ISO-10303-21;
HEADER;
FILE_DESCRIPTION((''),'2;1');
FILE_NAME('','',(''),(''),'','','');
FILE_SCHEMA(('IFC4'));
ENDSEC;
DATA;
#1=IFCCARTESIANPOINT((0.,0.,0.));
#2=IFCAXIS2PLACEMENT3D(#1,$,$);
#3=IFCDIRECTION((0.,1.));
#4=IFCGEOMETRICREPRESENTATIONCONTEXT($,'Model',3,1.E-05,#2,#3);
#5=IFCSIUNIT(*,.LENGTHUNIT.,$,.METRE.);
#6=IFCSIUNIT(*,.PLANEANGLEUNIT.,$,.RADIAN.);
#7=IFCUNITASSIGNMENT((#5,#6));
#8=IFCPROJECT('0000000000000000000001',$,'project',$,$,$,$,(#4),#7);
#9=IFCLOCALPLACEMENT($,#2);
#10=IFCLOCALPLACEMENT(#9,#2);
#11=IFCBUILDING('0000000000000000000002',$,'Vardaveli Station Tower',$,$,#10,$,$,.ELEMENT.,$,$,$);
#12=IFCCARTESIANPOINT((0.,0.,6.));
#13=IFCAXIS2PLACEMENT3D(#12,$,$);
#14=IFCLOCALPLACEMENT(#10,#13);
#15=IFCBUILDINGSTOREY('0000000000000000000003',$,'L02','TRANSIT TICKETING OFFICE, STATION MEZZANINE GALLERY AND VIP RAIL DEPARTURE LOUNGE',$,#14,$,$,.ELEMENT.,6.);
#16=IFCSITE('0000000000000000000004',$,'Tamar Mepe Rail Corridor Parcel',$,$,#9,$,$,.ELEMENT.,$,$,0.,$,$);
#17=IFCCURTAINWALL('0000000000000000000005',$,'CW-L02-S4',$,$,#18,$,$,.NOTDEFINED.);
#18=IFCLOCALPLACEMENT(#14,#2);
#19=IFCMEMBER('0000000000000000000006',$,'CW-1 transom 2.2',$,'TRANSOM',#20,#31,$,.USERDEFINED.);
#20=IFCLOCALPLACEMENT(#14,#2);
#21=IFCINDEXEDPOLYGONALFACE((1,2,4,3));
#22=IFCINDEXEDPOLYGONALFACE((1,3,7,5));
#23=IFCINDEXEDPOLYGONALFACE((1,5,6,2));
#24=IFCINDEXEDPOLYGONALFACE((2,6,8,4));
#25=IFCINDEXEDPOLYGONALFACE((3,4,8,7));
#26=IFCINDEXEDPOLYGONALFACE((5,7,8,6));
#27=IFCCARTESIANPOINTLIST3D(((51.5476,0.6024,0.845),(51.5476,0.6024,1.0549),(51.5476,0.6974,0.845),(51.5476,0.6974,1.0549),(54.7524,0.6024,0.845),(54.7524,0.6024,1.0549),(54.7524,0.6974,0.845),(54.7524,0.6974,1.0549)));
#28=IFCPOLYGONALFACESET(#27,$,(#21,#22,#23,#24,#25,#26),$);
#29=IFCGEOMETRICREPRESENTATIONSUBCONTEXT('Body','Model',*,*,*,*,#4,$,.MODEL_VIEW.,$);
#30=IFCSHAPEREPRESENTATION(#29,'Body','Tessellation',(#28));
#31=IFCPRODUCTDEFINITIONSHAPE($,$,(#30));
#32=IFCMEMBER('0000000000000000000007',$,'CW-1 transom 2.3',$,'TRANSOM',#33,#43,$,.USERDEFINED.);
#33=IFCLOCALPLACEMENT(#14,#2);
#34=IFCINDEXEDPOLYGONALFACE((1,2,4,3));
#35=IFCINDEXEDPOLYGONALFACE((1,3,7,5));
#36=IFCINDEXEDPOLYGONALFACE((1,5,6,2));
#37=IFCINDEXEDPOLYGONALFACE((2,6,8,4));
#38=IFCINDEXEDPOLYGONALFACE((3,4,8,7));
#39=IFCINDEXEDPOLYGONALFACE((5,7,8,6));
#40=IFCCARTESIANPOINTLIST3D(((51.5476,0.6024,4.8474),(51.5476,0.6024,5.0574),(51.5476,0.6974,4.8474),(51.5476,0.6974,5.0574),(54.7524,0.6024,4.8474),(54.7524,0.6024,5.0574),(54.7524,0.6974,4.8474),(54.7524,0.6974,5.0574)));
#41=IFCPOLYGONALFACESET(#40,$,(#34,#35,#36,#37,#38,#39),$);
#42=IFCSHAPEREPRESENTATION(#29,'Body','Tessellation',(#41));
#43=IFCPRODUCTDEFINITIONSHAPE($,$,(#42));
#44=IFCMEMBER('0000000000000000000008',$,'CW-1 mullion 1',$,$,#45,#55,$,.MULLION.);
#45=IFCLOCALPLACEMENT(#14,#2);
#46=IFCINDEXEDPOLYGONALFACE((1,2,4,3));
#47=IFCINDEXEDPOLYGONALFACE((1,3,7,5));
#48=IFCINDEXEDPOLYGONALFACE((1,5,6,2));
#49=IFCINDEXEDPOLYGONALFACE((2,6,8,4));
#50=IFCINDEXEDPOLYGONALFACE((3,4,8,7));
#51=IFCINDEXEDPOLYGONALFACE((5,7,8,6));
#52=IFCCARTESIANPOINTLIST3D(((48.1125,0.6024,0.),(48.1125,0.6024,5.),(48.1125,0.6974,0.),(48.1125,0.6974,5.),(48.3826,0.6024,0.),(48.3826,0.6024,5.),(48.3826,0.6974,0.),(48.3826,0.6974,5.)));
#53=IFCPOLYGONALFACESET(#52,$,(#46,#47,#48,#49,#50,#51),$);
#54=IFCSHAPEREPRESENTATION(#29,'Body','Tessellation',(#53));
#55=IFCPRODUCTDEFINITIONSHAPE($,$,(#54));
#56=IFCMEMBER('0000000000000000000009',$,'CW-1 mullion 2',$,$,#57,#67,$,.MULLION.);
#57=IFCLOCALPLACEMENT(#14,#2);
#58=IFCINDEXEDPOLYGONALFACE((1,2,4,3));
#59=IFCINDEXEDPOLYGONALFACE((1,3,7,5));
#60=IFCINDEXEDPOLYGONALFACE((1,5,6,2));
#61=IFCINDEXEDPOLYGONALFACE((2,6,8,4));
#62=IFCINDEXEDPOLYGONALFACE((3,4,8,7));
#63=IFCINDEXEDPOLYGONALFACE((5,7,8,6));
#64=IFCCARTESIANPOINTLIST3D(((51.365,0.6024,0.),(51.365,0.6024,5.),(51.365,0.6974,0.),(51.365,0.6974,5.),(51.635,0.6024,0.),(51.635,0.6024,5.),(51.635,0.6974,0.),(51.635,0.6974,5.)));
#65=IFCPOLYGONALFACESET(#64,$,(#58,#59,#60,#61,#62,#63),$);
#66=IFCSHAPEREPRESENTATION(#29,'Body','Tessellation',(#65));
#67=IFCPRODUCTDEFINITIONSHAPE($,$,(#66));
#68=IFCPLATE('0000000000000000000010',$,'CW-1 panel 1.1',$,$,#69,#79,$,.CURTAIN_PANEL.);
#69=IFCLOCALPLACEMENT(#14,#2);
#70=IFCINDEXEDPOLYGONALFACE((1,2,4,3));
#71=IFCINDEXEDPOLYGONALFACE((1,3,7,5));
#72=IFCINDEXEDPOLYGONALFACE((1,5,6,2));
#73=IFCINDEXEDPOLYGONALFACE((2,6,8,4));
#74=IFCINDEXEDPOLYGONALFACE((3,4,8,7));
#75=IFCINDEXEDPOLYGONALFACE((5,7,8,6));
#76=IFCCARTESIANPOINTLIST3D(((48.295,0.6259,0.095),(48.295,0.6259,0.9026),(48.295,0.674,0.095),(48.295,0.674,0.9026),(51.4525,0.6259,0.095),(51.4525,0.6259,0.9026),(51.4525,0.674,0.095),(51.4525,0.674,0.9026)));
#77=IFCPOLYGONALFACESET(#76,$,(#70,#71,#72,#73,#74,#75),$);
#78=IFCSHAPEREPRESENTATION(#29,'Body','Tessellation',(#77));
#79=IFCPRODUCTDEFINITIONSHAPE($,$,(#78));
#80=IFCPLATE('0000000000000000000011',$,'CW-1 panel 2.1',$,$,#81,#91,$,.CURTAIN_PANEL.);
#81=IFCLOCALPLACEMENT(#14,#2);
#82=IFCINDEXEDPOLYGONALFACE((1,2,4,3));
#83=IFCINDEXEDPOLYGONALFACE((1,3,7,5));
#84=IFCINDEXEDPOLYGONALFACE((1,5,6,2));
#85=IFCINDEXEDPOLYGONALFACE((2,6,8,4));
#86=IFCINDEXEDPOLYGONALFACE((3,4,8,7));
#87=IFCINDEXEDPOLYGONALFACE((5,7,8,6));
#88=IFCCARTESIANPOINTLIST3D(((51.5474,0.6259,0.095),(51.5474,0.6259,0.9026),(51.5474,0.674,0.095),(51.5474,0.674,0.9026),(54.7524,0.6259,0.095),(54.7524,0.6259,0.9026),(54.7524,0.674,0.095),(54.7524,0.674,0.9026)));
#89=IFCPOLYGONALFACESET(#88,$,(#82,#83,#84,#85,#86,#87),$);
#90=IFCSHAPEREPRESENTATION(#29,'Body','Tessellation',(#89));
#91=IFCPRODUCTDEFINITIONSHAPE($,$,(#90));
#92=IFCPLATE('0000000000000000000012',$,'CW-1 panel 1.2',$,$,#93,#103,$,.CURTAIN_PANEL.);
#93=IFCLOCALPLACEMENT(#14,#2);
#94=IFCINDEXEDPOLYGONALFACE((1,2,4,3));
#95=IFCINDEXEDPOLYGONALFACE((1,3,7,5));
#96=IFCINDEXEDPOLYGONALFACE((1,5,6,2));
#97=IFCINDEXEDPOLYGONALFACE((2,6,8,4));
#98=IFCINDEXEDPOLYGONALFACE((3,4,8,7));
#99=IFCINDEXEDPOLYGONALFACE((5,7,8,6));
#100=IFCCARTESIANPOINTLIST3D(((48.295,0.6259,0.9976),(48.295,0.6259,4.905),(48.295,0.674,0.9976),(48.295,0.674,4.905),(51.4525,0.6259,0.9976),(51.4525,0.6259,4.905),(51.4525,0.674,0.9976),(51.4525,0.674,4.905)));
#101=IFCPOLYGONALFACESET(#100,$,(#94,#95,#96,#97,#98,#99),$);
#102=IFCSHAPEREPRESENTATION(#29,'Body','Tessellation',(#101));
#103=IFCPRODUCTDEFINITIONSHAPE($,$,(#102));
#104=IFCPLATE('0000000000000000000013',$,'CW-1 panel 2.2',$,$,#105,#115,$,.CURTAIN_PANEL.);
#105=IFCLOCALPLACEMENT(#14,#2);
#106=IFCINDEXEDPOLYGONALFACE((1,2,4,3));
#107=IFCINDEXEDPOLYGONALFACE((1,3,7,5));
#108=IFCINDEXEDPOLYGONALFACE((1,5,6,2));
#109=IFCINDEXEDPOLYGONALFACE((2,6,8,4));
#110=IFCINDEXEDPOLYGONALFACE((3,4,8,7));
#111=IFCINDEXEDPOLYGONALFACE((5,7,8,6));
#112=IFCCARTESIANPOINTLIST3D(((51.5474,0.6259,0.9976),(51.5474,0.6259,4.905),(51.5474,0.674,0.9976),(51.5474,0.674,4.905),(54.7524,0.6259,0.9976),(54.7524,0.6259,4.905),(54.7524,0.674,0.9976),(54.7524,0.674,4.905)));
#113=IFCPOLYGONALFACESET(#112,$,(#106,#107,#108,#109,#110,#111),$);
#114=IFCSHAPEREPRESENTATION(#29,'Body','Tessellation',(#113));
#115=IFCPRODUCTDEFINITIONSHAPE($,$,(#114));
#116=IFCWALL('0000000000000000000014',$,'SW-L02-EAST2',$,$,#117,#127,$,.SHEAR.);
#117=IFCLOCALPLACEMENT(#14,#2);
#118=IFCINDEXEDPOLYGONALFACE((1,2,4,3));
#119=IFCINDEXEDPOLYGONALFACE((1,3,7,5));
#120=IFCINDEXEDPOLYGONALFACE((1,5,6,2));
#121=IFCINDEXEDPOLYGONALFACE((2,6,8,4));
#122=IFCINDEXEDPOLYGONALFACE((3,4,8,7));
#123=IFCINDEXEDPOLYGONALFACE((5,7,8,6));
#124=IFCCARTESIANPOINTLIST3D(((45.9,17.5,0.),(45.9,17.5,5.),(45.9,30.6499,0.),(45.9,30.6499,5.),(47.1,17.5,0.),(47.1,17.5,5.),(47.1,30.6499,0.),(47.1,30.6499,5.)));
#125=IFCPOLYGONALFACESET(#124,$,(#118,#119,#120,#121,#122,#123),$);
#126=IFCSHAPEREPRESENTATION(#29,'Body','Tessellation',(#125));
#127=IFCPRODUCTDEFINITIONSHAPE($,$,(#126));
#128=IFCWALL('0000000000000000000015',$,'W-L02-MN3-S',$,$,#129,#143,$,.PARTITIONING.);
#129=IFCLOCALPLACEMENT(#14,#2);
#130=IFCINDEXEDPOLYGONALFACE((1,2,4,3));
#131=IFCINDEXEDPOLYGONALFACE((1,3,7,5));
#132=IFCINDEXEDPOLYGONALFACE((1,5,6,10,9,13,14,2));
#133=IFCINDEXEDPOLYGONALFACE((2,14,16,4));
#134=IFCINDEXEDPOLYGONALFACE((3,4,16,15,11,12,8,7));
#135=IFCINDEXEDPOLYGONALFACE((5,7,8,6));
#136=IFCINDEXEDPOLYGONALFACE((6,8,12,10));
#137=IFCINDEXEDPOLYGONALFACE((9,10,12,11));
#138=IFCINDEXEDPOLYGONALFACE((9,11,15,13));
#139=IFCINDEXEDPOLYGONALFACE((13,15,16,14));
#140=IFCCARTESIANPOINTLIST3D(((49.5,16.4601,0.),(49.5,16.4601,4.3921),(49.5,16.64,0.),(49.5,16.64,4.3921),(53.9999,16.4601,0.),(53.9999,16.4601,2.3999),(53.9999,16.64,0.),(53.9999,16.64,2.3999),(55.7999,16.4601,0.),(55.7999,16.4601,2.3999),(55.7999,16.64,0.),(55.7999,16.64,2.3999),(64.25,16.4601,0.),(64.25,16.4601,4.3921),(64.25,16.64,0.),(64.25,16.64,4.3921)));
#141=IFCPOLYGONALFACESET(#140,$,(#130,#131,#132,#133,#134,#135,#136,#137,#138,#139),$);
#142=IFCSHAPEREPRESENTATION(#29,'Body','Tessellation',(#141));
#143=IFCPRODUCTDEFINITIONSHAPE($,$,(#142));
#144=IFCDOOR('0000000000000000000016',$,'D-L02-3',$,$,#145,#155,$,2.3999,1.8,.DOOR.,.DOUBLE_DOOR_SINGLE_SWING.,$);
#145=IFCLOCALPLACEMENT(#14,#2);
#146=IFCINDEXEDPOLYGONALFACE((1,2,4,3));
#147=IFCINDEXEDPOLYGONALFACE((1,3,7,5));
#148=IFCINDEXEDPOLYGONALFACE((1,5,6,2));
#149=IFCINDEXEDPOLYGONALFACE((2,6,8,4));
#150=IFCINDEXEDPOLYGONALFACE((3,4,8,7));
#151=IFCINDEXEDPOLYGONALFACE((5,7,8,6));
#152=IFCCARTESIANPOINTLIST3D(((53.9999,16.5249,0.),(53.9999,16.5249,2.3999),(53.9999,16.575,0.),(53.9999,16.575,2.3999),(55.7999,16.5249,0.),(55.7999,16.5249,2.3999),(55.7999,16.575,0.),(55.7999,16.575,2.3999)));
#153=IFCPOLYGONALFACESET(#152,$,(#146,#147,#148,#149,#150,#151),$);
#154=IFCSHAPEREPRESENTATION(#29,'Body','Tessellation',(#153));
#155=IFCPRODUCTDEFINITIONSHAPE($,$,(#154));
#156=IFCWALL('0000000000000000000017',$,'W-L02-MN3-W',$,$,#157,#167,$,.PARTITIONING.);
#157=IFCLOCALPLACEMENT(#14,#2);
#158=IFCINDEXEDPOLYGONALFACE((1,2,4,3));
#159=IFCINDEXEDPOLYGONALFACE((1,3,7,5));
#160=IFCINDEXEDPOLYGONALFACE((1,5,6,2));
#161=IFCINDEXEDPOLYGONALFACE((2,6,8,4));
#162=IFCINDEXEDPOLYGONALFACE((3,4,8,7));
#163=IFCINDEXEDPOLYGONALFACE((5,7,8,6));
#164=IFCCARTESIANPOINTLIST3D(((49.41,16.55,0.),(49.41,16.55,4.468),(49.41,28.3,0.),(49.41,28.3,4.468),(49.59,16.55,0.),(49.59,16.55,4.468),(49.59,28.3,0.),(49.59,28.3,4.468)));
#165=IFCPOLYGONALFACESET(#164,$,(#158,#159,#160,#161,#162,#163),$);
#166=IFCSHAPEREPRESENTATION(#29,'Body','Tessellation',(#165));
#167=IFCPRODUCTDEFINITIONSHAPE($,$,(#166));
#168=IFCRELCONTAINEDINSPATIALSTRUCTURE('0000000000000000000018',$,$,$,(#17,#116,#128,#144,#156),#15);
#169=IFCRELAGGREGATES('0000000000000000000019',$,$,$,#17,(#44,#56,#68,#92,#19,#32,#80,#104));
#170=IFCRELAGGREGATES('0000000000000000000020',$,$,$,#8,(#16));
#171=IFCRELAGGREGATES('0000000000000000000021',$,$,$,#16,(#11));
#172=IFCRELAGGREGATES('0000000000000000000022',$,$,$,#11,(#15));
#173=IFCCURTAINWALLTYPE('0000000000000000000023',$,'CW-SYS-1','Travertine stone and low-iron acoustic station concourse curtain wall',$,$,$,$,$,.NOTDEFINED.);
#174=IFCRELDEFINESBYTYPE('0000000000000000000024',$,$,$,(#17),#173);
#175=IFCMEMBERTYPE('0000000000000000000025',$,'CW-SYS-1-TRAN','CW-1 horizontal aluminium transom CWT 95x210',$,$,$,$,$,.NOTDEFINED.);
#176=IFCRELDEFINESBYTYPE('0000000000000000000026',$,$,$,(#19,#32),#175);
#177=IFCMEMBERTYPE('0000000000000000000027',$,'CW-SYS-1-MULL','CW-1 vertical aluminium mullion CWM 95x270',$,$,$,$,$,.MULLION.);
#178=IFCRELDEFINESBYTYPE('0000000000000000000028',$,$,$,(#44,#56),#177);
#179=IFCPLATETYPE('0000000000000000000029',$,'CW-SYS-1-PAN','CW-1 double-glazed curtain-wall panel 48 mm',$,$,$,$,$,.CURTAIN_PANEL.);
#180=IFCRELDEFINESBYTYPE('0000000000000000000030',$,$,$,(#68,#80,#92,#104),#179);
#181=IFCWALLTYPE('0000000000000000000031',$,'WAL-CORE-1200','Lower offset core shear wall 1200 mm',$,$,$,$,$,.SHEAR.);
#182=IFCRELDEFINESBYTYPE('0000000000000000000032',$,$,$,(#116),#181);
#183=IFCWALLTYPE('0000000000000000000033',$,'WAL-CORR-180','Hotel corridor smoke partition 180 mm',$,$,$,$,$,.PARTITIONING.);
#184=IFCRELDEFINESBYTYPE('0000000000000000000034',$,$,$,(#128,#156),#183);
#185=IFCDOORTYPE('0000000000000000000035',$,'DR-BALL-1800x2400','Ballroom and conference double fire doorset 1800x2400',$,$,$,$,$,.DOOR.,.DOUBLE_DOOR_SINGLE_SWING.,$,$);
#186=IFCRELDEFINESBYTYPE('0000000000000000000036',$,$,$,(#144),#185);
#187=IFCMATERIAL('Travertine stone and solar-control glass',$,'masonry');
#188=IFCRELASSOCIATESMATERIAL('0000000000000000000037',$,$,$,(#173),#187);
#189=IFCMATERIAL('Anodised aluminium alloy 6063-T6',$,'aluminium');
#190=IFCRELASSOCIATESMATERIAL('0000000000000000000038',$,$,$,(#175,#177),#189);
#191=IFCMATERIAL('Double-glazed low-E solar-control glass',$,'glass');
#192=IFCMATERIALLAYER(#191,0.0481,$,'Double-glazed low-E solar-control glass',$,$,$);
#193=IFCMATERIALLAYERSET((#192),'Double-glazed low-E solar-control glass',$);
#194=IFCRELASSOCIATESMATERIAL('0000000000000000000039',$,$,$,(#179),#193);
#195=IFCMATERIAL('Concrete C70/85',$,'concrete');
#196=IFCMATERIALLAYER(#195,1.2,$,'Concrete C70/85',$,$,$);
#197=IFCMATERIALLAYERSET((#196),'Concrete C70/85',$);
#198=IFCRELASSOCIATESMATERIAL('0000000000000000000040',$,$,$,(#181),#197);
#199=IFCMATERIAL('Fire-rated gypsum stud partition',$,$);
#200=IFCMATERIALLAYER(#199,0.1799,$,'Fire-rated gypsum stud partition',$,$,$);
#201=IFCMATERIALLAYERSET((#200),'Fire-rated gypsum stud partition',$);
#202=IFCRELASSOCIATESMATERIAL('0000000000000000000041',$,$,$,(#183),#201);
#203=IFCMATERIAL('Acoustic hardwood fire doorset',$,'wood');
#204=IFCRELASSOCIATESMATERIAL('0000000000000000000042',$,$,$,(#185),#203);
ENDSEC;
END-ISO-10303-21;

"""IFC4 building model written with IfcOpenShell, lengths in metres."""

from ifc_helpers import new_model, si_unit, direction, frame, frame_2d, origin, origin_2d, place, context, subcontext, project, spatial, rectangle, extrude, source, transform, mapped, material, layer, layer_set, material_profile, profile_set, type_object, element, fill, aggregate, save


model = new_model("IFC4")

# Units and contexts
model_context = context("Model", 3, precision=1e-05, world=origin(), true_north=direction((0.0, 1.0)))
body_context = subcontext(model_context, "Body", "Model", "MODEL_VIEW")
ifc_project = project(units=[si_unit("LENGTHUNIT", "METRE"), si_unit("PLANEANGLEUNIT", "RADIAN")], contexts=[model_context])

# Site, building, storey
site_placement = place(None, origin())
site = spatial("IfcSite", under=ifc_project, at=site_placement, Name="Tamar Mepe Rail Corridor Parcel", CompositionType="ELEMENT", RefElevation=0.0)
building_placement = place(site_placement, origin())
building = spatial("IfcBuilding", under=site, at=building_placement, Name="Vardaveli Station Tower", CompositionType="ELEMENT")
storey_placement = place(building_placement, frame((0.0, 0.0, 6.0)))
storey = spatial("IfcBuildingStorey", under=building, at=storey_placement, Name="L02", Description="TRANSIT TICKETING OFFICE, STATION MEZZANINE GALLERY AND VIP RAIL DEPARTURE LOUNGE", CompositionType="ELEMENT", Elevation=6.0)

# Shared definitions
ifc_material_1 = material(Name="Concrete C70/85", Category="concrete")

# Curtain wall, members, plates
ifc_material_2 = material(Name="Travertine stone and solar-control glass", Category="masonry")
curtain_wall_type = type_object("IfcCurtainWallType", Name="CW-SYS-1", Description="Travertine stone and low-iron acoustic station concourse curtain wall", PredefinedType="NOTDEFINED", material=ifc_material_2)
curtain_wall_placement = place(storey_placement, origin())
curtain_wall = element("IfcCurtainWall", 1, at=curtain_wall_placement, inside=storey, type_object=curtain_wall_type, Name="CW-L02-S4", PredefinedType="NOTDEFINED")
ifc_material_3 = material(Name="Anodised aluminium alloy 6063-T6", Category="aluminium")
ifc_material_profile_1 = material_profile(ifc_material_3, rectangle(XDim=0.095, YDim=0.21, at=origin_2d()), Name="CWT 95x210")
ifc_profile_set_1 = profile_set([ifc_material_profile_1], Name="Anodised aluminium alloy 6063-T6")
member_type_1 = type_object("IfcMemberType", Name="CW-SYS-1-TRAN", Description="CW-1 horizontal aluminium transom CWT 95x210", PredefinedType="NOTDEFINED", material=ifc_profile_set_1)
shared_shape_1 = source(origin(), body_context, "Body", "SweptSolid", [
    extrude(rectangle(XDim=0.095, YDim=0.21, at=origin_2d()), origin(), (0.0, 0.0, 1.0), 3.2048),
])
member_1_placement = place(storey_placement, frame((51.5476, 0.6499, 0.95), z_axis=(1.0, 0.0, 0.0), x_axis=(0.0, 1.0, 0.0)))
member_1 = element("IfcMember", 2, at=member_1_placement, type_object=member_type_1, Name="CW-1 transom 2.2", ObjectType="TRANSOM", PredefinedType="USERDEFINED", context=body_context, shape_type="MappedRepresentation", body=[
    mapped(shared_shape_1, transform((0.0, 0.0, 0.0), scale=1.0)),
])
member_2_placement = place(storey_placement, frame((51.5476, 0.6499, 4.9524), z_axis=(1.0, 0.0, 0.0), x_axis=(0.0, 1.0, 0.0)))
member_2 = element("IfcMember", 3, at=member_2_placement, type_object=member_type_1, Name="CW-1 transom 2.3", ObjectType="TRANSOM", PredefinedType="USERDEFINED", context=body_context, shape_type="MappedRepresentation", body=[
    mapped(shared_shape_1, transform((0.0, 0.0, 0.0), scale=1.0)),
])
ifc_material_profile_2 = material_profile(ifc_material_3, rectangle(XDim=0.095, YDim=0.27, at=origin_2d()), Name="CWM 95x270")
ifc_profile_set_2 = profile_set([ifc_material_profile_2], Name="Anodised aluminium alloy 6063-T6")
member_type_2 = type_object("IfcMemberType", Name="CW-SYS-1-MULL", Description="CW-1 vertical aluminium mullion CWM 95x270", PredefinedType="MULLION", material=ifc_profile_set_2)
shared_shape_2 = source(origin(), body_context, "Body", "SweptSolid", [
    extrude(rectangle(XDim=0.095, YDim=0.27, at=origin_2d()), origin(), (0.0, 0.0, 1.0), 5.0),
])
member_3_placement = place(storey_placement, frame((48.2476, 0.6499, 0.0), z_axis=(0.0, 0.0, 1.0), x_axis=(0.0, 1.0, 0.0)))
member_3 = element("IfcMember", 4, at=member_3_placement, type_object=member_type_2, Name="CW-1 mullion 1", PredefinedType="MULLION", context=body_context, shape_type="MappedRepresentation", body=[
    mapped(shared_shape_2, transform((0.0, 0.0, 0.0), scale=1.0)),
])
member_4_placement = place(storey_placement, frame((51.5, 0.6499, 0.0), z_axis=(0.0, 0.0, 1.0), x_axis=(0.0, 1.0, 0.0)))
member_4 = element("IfcMember", 5, at=member_4_placement, type_object=member_type_2, Name="CW-1 mullion 2", PredefinedType="MULLION", context=body_context, shape_type="MappedRepresentation", body=[
    mapped(shared_shape_2, transform((0.0, 0.0, 0.0), scale=1.0)),
])
ifc_material_4 = material(Name="Double-glazed low-E solar-control glass", Category="glass")
ifc_layer_1 = layer(ifc_material_4, 0.0481, Name="Double-glazed low-E solar-control glass")
ifc_layer_set_1 = layer_set([ifc_layer_1], Name="Double-glazed low-E solar-control glass")
plate_type = type_object("IfcPlateType", Name="CW-SYS-1-PAN", Description="CW-1 double-glazed curtain-wall panel 48 mm", PredefinedType="CURTAIN_PANEL", material=ifc_layer_set_1)
shared_shape_3 = source(origin(), body_context, "Body", "SweptSolid", [
    extrude(rectangle(XDim=3.1575, YDim=0.0481, at=origin_2d()), origin(), (0.0, 0.0, 1.0), 0.8076),
])
plate_1_placement = place(storey_placement, frame((49.8738, 0.6499, 0.095), z_axis=(0.0, 0.0, 1.0), x_axis=(1.0, 0.0, 0.0)))
plate_1 = element("IfcPlate", 6, at=plate_1_placement, type_object=plate_type, Name="CW-1 panel 1.1", PredefinedType="CURTAIN_PANEL", context=body_context, shape_type="MappedRepresentation", body=[
    mapped(shared_shape_3, transform((0.0, 0.0, 0.0), scale=1.0)),
])
shared_shape_4 = source(origin(), body_context, "Body", "SweptSolid", [
    extrude(rectangle(XDim=3.2051, YDim=0.0481, at=origin_2d()), origin(), (0.0, 0.0, 1.0), 0.8076),
])
plate_2_placement = place(storey_placement, frame((53.1499, 0.6499, 0.095), z_axis=(0.0, 0.0, 1.0), x_axis=(1.0, 0.0, 0.0)))
plate_2 = element("IfcPlate", 7, at=plate_2_placement, type_object=plate_type, Name="CW-1 panel 2.1", PredefinedType="CURTAIN_PANEL", context=body_context, shape_type="MappedRepresentation", body=[
    mapped(shared_shape_4, transform((0.0, 0.0, 0.0), scale=1.0)),
])
shared_shape_5 = source(origin(), body_context, "Body", "SweptSolid", [
    extrude(rectangle(XDim=3.1575, YDim=0.0481, at=origin_2d()), origin(), (0.0, 0.0, 1.0), 3.9075),
])
plate_3_placement = place(storey_placement, frame((49.8738, 0.6499, 0.9976), z_axis=(0.0, 0.0, 1.0), x_axis=(1.0, 0.0, 0.0)))
plate_3 = element("IfcPlate", 8, at=plate_3_placement, type_object=plate_type, Name="CW-1 panel 1.2", PredefinedType="CURTAIN_PANEL", context=body_context, shape_type="MappedRepresentation", body=[
    mapped(shared_shape_5, transform((0.0, 0.0, 0.0), scale=1.0)),
])
shared_shape_6 = source(origin(), body_context, "Body", "SweptSolid", [
    extrude(rectangle(XDim=3.2051, YDim=0.0481, at=origin_2d()), origin(), (0.0, 0.0, 1.0), 3.9075),
])
plate_4_placement = place(storey_placement, frame((53.1499, 0.6499, 0.9976), z_axis=(0.0, 0.0, 1.0), x_axis=(1.0, 0.0, 0.0)))
plate_4 = element("IfcPlate", 9, at=plate_4_placement, type_object=plate_type, Name="CW-1 panel 2.2", PredefinedType="CURTAIN_PANEL", context=body_context, shape_type="MappedRepresentation", body=[
    mapped(shared_shape_6, transform((0.0, 0.0, 0.0), scale=1.0)),
])
aggregate(curtain_wall, [member_3, member_4, plate_1, plate_3, member_1, member_2, plate_2, plate_4])

# Wall
ifc_layer_2 = layer(ifc_material_1, 1.2, Name="Concrete C70/85")
ifc_layer_set_2 = layer_set([ifc_layer_2], Name="Concrete C70/85")
wall_type_1 = type_object("IfcWallType", Name="WAL-CORE-1200", Description="Lower offset core shear wall 1200 mm", PredefinedType="SHEAR", material=ifc_layer_set_2)
shared_shape_7 = source(origin(), body_context, "Body", "SweptSolid", [
    extrude(rectangle(XDim=13.1499, YDim=1.2, at=frame_2d((6.575, 0.0))), origin(), (0.0, 0.0, 1.0), 5.0),
])
wall_1_placement = place(storey_placement, frame((46.5, 17.5, 0.0), z_axis=(0.0, 0.0, 1.0), x_axis=(0.0, 1.0, 0.0)))
element("IfcWall", 10, at=wall_1_placement, inside=storey, type_object=wall_type_1, Name="SW-L02-EAST2", PredefinedType="SHEAR", context=body_context, shape_type="MappedRepresentation", body=[
    mapped(shared_shape_7, transform((0.0, 0.0, 0.0), scale=1.0)),
])

# Wall, opening, door
ifc_material_5 = material(Name="Fire-rated gypsum stud partition")
ifc_layer_3 = layer(ifc_material_5, 0.1799, Name="Fire-rated gypsum stud partition")
ifc_layer_set_3 = layer_set([ifc_layer_3], Name="Fire-rated gypsum stud partition")
wall_type_2 = type_object("IfcWallType", Name="WAL-CORR-180", Description="Hotel corridor smoke partition 180 mm", PredefinedType="PARTITIONING", material=ifc_layer_set_3)
shared_shape_8 = source(origin(), body_context, "Body", "SweptSolid", [
    extrude(rectangle(XDim=14.75, YDim=0.1799, at=frame_2d((7.375, 0.0))), origin(), (0.0, 0.0, 1.0), 4.3921),
])
wall_2_placement = place(storey_placement, frame((49.5, 16.55, 0.0), z_axis=(0.0, 0.0, 1.0), x_axis=(1.0, 0.0, 0.0)))
wall_2 = element("IfcWall", 11, at=wall_2_placement, inside=storey, type_object=wall_type_2, Name="W-L02-MN3-S", PredefinedType="PARTITIONING", context=body_context, shape_type="MappedRepresentation", body=[
    mapped(shared_shape_8, transform((0.0, 0.0, 0.0), scale=1.0)),
])
shared_shape_9 = source(origin(), body_context, "Body", "SweptSolid", [
    extrude(rectangle(XDim=1.8, YDim=2.3999, at=frame_2d((0.8999, 1.2))), frame((0.0, 0.1001, 0.0), z_axis=(0.0, -1.0, 0.0), x_axis=(1.0, 0.0, 0.0)), (0.0, 0.0, 1.0), 0.2),
])
opening_placement = place(wall_2_placement, frame((4.5, 0.0, 0.0)))
opening = element("IfcOpeningElement", 12, at=opening_placement, cuts=wall_2, PredefinedType="OPENING", context=body_context, shape_type="MappedRepresentation", body=[
    mapped(shared_shape_9, transform((0.0, 0.0, 0.0), scale=1.0)),
])
ifc_material_6 = material(Name="Acoustic hardwood fire doorset", Category="wood")
door_type = type_object("IfcDoorType", Name="DR-BALL-1800x2400", Description="Ballroom and conference double fire doorset 1800x2400", OperationType="DOUBLE_DOOR_SINGLE_SWING", PredefinedType="DOOR", material=ifc_material_6)
shared_shape_10 = source(origin(), body_context, "Body", "SweptSolid", [
    extrude(rectangle(XDim=1.8, YDim=2.3999, at=frame_2d((0.8999, 1.2))), frame((0.0, 0.0249, 0.0), z_axis=(0.0, -1.0, 0.0), x_axis=(1.0, 0.0, 0.0)), (0.0, 0.0, 1.0), 0.05),
])
door_placement = place(opening_placement, origin())
door = element("IfcDoor", 13, at=door_placement, inside=storey, type_object=door_type, Name="D-L02-3", OperationType="DOUBLE_DOOR_SINGLE_SWING", OverallHeight=2.3999, OverallWidth=1.8, PredefinedType="DOOR", context=body_context, shape_type="MappedRepresentation", body=[
    mapped(shared_shape_10, transform((0.0, 0.0, 0.0), scale=1.0)),
])
fill(opening, door)

# Wall
shared_shape_11 = source(origin(), body_context, "Body", "SweptSolid", [
    extrude(rectangle(XDim=11.75, YDim=0.1799, at=frame_2d((5.875, 0.0))), origin(), (0.0, 0.0, 1.0), 4.468),
])
wall_3_placement = place(storey_placement, frame((49.5, 16.55, 0.0), z_axis=(0.0, 0.0, 1.0), x_axis=(0.0, 1.0, 0.0)))
element("IfcWall", 14, at=wall_3_placement, inside=storey, type_object=wall_type_2, Name="W-L02-MN3-W", PredefinedType="PARTITIONING", context=body_context, shape_type="MappedRepresentation", body=[
    mapped(shared_shape_11, transform((0.0, 0.0, 0.0), scale=1.0)),
])

save(model, "model.ifc")
